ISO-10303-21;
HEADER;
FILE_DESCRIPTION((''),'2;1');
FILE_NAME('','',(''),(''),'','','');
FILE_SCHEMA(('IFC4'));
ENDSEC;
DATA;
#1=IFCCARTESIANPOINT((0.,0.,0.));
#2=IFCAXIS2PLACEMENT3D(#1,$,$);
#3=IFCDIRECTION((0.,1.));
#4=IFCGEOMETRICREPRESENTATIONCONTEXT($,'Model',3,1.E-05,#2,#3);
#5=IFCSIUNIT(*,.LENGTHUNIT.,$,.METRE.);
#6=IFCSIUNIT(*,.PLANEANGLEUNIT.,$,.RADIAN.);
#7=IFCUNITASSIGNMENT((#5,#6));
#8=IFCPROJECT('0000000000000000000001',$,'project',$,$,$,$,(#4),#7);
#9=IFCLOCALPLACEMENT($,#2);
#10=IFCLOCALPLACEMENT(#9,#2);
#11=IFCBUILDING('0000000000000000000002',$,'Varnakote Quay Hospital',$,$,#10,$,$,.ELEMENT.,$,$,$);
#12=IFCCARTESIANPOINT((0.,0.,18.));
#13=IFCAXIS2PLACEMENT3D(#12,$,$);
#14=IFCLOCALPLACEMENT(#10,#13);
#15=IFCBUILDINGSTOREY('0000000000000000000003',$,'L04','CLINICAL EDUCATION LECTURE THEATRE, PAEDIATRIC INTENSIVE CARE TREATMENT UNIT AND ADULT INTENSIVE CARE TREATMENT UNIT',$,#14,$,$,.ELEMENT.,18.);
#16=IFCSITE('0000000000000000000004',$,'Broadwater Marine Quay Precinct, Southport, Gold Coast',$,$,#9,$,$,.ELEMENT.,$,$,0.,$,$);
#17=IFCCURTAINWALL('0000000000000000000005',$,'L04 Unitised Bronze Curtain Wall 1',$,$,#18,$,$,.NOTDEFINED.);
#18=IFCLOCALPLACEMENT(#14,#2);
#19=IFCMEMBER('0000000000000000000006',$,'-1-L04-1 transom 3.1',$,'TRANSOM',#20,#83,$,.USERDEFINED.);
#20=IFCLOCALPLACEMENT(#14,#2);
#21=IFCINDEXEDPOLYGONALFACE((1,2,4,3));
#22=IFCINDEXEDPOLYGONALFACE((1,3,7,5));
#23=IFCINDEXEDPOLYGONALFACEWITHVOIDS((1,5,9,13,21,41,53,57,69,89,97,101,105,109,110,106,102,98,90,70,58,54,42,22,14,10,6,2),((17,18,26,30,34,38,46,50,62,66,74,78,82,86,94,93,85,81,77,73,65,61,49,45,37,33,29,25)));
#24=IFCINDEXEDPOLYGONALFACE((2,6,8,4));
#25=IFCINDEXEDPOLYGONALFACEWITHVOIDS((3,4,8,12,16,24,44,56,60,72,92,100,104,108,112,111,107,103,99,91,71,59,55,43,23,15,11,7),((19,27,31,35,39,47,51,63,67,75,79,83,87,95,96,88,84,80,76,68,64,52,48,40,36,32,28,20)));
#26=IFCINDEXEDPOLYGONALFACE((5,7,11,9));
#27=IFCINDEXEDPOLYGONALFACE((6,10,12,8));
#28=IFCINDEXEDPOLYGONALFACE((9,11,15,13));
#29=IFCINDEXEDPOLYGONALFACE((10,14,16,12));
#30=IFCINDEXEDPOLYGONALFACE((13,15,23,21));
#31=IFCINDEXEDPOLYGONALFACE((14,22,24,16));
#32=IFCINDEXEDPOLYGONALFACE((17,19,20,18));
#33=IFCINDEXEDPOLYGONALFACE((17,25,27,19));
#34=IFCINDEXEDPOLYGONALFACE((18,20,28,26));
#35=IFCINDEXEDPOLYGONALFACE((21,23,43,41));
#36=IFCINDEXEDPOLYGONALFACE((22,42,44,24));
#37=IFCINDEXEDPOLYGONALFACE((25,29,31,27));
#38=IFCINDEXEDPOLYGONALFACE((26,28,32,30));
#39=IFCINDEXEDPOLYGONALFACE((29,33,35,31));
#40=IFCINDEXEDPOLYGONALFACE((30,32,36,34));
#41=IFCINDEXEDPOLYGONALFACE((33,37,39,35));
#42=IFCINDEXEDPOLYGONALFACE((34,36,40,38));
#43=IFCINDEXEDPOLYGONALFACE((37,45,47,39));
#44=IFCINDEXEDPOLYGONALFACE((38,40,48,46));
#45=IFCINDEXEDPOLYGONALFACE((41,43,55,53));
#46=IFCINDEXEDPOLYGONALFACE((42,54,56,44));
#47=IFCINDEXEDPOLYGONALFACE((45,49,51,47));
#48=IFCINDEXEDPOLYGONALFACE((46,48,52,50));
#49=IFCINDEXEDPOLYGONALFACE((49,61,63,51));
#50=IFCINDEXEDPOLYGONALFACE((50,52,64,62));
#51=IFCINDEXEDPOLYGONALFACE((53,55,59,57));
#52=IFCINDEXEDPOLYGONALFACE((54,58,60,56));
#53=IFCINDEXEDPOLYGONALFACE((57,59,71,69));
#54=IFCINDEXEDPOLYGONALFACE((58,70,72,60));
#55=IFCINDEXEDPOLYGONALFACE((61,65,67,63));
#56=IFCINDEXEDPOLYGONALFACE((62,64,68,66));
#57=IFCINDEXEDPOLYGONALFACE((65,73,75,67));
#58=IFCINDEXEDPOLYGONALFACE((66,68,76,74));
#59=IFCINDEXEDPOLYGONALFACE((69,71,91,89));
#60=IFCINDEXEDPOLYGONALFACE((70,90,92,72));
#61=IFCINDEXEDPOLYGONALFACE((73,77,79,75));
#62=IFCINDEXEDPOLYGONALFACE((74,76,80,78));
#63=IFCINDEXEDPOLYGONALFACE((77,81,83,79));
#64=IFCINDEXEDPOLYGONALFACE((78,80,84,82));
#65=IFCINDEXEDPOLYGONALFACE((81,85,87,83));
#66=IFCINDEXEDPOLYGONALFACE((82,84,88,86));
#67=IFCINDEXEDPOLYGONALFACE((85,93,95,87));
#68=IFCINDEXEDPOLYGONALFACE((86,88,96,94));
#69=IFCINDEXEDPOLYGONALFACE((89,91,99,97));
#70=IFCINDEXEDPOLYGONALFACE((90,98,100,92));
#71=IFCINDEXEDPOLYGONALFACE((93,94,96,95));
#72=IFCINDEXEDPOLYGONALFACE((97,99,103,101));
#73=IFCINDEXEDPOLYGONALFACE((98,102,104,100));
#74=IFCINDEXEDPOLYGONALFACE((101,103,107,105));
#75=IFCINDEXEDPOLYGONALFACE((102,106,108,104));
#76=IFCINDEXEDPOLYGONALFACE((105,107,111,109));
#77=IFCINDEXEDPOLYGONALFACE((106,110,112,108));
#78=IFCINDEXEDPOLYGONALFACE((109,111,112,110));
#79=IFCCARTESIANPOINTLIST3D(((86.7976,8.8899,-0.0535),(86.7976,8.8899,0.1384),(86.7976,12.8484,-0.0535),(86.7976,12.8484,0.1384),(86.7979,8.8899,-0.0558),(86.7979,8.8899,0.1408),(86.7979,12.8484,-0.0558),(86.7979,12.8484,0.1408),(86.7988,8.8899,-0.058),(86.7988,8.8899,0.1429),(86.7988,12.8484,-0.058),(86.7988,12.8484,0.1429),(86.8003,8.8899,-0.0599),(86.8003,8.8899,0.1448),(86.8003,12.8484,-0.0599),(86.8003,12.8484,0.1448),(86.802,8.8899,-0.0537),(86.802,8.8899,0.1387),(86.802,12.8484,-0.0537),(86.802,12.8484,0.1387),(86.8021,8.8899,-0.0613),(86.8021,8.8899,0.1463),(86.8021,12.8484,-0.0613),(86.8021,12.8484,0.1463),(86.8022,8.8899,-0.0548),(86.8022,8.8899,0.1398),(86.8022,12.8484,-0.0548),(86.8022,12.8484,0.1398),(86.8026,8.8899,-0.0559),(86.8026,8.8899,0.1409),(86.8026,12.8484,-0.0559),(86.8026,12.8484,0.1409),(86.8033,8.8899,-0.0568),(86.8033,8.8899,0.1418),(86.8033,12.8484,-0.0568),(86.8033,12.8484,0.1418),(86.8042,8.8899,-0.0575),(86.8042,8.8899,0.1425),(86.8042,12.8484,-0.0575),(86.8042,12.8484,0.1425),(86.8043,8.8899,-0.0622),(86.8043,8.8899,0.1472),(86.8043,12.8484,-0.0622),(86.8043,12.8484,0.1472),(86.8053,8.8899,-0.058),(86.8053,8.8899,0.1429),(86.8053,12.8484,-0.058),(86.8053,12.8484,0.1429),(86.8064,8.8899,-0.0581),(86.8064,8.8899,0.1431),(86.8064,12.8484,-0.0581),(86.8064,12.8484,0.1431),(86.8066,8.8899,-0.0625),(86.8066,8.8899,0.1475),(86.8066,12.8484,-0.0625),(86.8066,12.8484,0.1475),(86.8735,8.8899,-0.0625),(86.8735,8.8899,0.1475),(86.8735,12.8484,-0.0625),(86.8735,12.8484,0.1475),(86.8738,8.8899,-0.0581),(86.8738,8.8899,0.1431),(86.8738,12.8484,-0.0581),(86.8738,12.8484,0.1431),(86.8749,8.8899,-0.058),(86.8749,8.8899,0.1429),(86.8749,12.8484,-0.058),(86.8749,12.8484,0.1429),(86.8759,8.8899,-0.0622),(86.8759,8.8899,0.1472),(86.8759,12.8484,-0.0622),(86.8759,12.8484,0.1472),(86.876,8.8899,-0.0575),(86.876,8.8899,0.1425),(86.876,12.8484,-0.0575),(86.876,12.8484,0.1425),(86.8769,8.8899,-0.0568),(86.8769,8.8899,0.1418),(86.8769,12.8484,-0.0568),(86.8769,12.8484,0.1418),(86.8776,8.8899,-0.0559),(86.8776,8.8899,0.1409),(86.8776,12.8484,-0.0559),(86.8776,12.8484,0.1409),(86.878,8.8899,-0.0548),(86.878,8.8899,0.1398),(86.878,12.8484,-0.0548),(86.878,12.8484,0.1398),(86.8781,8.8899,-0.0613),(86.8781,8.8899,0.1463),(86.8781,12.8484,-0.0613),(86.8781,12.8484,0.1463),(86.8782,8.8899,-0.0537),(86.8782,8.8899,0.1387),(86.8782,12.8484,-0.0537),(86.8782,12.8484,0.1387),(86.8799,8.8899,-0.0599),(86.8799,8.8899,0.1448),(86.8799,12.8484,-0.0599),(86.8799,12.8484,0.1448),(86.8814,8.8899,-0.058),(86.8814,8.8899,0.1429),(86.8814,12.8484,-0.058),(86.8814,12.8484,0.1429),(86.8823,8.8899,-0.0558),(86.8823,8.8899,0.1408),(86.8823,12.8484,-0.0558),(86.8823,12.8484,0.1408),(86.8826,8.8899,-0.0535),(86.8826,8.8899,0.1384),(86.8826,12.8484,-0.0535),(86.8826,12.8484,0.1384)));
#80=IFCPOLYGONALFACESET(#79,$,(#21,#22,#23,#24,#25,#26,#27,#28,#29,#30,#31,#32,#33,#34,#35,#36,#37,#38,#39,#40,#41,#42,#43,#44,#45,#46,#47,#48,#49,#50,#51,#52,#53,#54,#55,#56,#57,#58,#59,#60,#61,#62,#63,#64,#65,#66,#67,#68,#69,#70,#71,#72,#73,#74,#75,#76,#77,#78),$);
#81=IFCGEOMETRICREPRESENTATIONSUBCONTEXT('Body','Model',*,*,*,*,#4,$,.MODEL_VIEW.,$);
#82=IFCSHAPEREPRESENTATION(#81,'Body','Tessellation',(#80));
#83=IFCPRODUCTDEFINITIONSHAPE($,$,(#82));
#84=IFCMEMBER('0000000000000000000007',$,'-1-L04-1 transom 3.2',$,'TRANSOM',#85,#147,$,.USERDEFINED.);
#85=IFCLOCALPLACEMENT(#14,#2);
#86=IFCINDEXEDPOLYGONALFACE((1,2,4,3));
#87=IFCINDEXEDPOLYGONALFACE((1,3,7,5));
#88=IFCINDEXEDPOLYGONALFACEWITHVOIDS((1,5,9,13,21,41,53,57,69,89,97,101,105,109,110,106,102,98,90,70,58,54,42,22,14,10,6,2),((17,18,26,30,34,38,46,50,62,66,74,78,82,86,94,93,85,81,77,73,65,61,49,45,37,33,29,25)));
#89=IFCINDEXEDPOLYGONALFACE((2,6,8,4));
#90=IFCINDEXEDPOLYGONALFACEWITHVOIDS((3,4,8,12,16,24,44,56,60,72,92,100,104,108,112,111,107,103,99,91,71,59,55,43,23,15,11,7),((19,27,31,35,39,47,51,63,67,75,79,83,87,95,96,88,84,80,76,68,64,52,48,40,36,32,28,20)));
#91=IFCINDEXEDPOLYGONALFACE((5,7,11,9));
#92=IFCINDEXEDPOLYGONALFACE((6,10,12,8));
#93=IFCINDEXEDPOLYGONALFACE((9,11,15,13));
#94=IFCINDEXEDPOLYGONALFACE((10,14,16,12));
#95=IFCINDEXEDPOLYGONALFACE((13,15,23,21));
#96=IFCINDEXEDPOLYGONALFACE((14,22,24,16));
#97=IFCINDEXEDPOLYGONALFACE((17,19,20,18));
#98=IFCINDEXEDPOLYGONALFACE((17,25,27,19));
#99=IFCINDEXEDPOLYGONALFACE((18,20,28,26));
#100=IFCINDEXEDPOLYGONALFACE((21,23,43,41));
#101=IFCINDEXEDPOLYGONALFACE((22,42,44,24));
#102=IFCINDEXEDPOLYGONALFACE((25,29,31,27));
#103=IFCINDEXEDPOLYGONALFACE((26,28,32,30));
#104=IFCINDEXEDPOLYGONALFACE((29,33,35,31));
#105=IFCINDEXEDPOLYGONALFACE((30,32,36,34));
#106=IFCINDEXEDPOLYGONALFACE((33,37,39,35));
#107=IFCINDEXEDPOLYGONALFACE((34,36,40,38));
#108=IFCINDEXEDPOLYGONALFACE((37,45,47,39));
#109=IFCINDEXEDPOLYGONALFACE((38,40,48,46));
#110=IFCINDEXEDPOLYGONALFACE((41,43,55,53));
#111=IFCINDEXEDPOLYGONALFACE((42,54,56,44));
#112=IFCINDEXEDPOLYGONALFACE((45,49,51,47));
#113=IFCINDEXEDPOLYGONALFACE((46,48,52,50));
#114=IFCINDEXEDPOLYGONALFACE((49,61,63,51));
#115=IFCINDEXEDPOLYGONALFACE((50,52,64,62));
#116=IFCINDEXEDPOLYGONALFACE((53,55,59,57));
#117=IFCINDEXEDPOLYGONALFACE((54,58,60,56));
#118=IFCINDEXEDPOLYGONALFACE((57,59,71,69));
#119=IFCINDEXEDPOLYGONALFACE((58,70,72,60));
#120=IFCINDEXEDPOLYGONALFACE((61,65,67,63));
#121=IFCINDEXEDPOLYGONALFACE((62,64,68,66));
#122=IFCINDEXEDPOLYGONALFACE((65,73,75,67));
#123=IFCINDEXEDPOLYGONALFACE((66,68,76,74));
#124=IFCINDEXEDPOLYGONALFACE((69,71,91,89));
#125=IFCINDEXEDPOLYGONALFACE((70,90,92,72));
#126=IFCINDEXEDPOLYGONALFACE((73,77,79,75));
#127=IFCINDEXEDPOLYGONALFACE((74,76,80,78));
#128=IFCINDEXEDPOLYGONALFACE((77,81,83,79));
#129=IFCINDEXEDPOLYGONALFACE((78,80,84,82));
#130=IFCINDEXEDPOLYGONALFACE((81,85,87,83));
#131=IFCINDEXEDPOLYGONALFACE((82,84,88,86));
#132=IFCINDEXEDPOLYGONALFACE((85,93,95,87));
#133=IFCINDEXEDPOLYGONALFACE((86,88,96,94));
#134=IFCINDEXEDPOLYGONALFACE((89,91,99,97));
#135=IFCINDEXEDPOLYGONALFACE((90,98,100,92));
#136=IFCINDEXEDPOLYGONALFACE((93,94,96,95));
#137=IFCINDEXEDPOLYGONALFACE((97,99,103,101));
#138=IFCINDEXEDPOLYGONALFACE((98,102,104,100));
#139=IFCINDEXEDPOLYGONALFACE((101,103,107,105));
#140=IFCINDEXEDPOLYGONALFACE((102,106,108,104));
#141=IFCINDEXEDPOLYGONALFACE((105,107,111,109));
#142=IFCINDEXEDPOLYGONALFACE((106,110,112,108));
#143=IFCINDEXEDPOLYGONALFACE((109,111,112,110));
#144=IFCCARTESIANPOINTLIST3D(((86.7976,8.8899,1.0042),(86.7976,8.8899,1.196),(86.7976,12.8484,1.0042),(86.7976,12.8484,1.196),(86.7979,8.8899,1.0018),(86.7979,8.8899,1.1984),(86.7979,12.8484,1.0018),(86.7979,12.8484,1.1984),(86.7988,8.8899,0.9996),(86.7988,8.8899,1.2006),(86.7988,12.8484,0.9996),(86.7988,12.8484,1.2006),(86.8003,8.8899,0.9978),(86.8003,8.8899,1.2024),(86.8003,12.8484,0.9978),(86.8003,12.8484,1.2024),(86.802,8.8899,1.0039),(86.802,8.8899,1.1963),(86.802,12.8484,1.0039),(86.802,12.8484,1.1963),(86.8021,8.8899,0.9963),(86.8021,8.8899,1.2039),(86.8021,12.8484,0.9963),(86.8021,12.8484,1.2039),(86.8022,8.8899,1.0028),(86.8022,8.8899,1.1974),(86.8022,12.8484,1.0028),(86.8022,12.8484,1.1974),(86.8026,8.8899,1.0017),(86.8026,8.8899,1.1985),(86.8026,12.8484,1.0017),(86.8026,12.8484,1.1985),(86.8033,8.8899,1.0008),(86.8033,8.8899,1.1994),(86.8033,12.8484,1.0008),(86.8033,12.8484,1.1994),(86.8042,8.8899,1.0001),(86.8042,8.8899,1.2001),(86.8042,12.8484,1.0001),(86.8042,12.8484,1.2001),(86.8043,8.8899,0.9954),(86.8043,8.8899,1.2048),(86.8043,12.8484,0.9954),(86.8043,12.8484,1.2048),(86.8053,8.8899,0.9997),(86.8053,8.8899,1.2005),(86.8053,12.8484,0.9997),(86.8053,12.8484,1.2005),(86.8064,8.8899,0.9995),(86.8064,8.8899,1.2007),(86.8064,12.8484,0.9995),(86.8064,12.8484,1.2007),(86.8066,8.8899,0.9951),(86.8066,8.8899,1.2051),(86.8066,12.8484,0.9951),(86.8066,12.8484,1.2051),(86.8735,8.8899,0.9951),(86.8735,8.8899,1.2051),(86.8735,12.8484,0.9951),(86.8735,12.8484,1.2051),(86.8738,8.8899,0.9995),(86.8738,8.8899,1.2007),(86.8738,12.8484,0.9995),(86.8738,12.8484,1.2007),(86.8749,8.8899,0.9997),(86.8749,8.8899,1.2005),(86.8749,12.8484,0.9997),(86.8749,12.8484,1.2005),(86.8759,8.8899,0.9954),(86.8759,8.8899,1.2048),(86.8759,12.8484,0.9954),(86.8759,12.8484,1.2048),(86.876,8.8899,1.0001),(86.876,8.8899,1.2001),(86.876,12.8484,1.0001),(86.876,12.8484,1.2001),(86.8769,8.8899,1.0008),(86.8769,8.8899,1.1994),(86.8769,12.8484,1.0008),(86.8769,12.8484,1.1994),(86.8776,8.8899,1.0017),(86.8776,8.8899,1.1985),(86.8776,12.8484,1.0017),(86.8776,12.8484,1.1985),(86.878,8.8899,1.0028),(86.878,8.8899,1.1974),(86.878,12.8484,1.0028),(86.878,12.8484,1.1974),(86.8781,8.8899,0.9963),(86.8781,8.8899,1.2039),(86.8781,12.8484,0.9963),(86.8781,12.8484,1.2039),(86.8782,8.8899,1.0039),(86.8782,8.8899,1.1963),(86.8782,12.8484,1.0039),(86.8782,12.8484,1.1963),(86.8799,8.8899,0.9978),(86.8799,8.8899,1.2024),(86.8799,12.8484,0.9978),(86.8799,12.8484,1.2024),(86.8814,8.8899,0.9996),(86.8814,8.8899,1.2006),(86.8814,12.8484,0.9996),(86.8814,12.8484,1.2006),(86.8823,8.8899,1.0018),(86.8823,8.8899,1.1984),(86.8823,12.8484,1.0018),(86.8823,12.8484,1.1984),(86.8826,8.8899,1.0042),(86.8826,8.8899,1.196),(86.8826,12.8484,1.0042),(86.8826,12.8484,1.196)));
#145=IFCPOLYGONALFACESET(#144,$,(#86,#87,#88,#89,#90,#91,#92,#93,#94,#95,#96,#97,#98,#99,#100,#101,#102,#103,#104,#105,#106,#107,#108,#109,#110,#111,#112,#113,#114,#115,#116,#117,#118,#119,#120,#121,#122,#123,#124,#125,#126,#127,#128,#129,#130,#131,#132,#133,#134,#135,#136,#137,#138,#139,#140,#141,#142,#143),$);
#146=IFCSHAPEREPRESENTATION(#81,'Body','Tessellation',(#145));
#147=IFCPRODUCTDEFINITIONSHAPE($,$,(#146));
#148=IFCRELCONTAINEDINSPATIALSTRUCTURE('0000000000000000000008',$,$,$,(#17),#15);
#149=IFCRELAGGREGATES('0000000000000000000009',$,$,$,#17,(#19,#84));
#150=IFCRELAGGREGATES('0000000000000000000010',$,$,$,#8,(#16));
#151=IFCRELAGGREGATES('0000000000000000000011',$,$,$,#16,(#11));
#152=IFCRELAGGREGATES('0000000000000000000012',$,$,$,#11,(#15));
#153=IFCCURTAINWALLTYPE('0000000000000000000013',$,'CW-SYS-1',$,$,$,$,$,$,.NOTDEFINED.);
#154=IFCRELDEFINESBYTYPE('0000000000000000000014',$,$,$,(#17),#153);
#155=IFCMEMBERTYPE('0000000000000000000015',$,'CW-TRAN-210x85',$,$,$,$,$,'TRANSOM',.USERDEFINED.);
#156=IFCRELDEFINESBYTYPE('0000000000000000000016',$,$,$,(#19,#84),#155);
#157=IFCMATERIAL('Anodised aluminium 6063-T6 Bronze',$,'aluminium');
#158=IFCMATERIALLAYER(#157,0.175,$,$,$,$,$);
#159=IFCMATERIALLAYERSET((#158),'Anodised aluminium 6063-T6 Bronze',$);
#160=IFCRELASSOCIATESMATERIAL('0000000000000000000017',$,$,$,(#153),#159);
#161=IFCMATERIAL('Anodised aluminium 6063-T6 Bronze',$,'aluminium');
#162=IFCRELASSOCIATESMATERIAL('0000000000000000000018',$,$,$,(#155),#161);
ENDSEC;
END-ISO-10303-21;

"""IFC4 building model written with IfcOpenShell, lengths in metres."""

from ifc_helpers import new_model, si_unit, direction, frame, origin, origin_2d, place, context, subcontext, project, spatial, hollow_rectangle, extrude, material, layer, layer_set, material_profile, profile_set, type_object, element, aggregate, save


model = new_model("IFC4")

# Units and contexts
model_context = context("Model", 3, precision=1e-05, world=origin(), true_north=direction((0.0, 1.0)))
body_context = subcontext(model_context, "Body", "Model", "MODEL_VIEW")
ifc_project = project(units=[si_unit("LENGTHUNIT", "METRE"), si_unit("PLANEANGLEUNIT", "RADIAN")], contexts=[model_context])

# Site, building, storey
site_placement = place(None, origin())
site = spatial("IfcSite", under=ifc_project, at=site_placement, Name="Broadwater Marine Quay Precinct, Southport, Gold Coast", CompositionType="ELEMENT", RefElevation=0.0)
building_placement = place(site_placement, origin())
building = spatial("IfcBuilding", under=site, at=building_placement, Name="Varnakote Quay Hospital", CompositionType="ELEMENT")
storey_placement = place(building_placement, frame((0.0, 0.0, 18.0)))
storey = spatial("IfcBuildingStorey", under=building, at=storey_placement, Name="L04", Description="CLINICAL EDUCATION LECTURE THEATRE, PAEDIATRIC INTENSIVE CARE TREATMENT UNIT AND ADULT INTENSIVE CARE TREATMENT UNIT", CompositionType="ELEMENT", Elevation=18.0)

# Curtain wall, members
ifc_material_1 = material(Name="Anodised aluminium 6063-T6 Bronze", Category="aluminium")
ifc_layer_1 = layer(ifc_material_1, 0.175)
ifc_layer_set_1 = layer_set([ifc_layer_1], Name="Anodised aluminium 6063-T6 Bronze")
curtain_wall_type = type_object("IfcCurtainWallType", Name="CW-SYS-1", PredefinedType="NOTDEFINED", material=ifc_layer_set_1)
curtain_wall_placement = place(storey_placement, origin())
curtain_wall = element("IfcCurtainWall", 1, at=curtain_wall_placement, inside=storey, type_object=curtain_wall_type, Name="L04 Unitised Bronze Curtain Wall 1", PredefinedType="NOTDEFINED")
ifc_material_2 = material(Name="Anodised aluminium 6063-T6 Bronze", Category="aluminium")
ifc_material_profile_1 = material_profile(ifc_material_2, hollow_rectangle(XDim=0.085, YDim=0.21, WallThickness=0.0044, InnerFilletRadius=0.0044, OuterFilletRadius=0.009, at=origin_2d()), Name="CW-TRAN-210x85")
ifc_profile_set_1 = profile_set([ifc_material_profile_1], Name="Anodised aluminium 6063-T6 Bronze")
member_type_1 = type_object("IfcMemberType", Name="CW-TRAN-210x85", ElementType="TRANSOM", PredefinedType="USERDEFINED", material=ifc_profile_set_1)
member_1_placement = place(storey_placement, frame((86.8401, 8.8899, 0.0425), z_axis=(0.0, 1.0, 0.0), x_axis=(-1.0, 0.0, 0.0)))
member_1 = element("IfcMember", 2, at=member_1_placement, type_object=member_type_1, Name="-1-L04-1 transom 3.1", ObjectType="TRANSOM", PredefinedType="USERDEFINED", context=body_context, shape_type="SweptSolid", body=[
    extrude(hollow_rectangle(XDim=0.085, YDim=0.21, WallThickness=0.0044, InnerFilletRadius=0.0044, OuterFilletRadius=0.009, at=origin_2d()), origin(), (0.0, 0.0, 1.0), 3.9585),
])
member_2_placement = place(storey_placement, frame((86.8401, 8.8899, 1.1001), z_axis=(0.0, 1.0, 0.0), x_axis=(-1.0, 0.0, 0.0)))
member_2 = element("IfcMember", 3, at=member_2_placement, type_object=member_type_1, Name="-1-L04-1 transom 3.2", ObjectType="TRANSOM", PredefinedType="USERDEFINED", context=body_context, shape_type="SweptSolid", body=[
    extrude(hollow_rectangle(XDim=0.085, YDim=0.21, WallThickness=0.0044, InnerFilletRadius=0.0044, OuterFilletRadius=0.009, at=origin_2d()), origin(), (0.0, 0.0, 1.0), 3.9585),
])
aggregate(curtain_wall, [member_1, member_2])

save(model, "model.ifc")
